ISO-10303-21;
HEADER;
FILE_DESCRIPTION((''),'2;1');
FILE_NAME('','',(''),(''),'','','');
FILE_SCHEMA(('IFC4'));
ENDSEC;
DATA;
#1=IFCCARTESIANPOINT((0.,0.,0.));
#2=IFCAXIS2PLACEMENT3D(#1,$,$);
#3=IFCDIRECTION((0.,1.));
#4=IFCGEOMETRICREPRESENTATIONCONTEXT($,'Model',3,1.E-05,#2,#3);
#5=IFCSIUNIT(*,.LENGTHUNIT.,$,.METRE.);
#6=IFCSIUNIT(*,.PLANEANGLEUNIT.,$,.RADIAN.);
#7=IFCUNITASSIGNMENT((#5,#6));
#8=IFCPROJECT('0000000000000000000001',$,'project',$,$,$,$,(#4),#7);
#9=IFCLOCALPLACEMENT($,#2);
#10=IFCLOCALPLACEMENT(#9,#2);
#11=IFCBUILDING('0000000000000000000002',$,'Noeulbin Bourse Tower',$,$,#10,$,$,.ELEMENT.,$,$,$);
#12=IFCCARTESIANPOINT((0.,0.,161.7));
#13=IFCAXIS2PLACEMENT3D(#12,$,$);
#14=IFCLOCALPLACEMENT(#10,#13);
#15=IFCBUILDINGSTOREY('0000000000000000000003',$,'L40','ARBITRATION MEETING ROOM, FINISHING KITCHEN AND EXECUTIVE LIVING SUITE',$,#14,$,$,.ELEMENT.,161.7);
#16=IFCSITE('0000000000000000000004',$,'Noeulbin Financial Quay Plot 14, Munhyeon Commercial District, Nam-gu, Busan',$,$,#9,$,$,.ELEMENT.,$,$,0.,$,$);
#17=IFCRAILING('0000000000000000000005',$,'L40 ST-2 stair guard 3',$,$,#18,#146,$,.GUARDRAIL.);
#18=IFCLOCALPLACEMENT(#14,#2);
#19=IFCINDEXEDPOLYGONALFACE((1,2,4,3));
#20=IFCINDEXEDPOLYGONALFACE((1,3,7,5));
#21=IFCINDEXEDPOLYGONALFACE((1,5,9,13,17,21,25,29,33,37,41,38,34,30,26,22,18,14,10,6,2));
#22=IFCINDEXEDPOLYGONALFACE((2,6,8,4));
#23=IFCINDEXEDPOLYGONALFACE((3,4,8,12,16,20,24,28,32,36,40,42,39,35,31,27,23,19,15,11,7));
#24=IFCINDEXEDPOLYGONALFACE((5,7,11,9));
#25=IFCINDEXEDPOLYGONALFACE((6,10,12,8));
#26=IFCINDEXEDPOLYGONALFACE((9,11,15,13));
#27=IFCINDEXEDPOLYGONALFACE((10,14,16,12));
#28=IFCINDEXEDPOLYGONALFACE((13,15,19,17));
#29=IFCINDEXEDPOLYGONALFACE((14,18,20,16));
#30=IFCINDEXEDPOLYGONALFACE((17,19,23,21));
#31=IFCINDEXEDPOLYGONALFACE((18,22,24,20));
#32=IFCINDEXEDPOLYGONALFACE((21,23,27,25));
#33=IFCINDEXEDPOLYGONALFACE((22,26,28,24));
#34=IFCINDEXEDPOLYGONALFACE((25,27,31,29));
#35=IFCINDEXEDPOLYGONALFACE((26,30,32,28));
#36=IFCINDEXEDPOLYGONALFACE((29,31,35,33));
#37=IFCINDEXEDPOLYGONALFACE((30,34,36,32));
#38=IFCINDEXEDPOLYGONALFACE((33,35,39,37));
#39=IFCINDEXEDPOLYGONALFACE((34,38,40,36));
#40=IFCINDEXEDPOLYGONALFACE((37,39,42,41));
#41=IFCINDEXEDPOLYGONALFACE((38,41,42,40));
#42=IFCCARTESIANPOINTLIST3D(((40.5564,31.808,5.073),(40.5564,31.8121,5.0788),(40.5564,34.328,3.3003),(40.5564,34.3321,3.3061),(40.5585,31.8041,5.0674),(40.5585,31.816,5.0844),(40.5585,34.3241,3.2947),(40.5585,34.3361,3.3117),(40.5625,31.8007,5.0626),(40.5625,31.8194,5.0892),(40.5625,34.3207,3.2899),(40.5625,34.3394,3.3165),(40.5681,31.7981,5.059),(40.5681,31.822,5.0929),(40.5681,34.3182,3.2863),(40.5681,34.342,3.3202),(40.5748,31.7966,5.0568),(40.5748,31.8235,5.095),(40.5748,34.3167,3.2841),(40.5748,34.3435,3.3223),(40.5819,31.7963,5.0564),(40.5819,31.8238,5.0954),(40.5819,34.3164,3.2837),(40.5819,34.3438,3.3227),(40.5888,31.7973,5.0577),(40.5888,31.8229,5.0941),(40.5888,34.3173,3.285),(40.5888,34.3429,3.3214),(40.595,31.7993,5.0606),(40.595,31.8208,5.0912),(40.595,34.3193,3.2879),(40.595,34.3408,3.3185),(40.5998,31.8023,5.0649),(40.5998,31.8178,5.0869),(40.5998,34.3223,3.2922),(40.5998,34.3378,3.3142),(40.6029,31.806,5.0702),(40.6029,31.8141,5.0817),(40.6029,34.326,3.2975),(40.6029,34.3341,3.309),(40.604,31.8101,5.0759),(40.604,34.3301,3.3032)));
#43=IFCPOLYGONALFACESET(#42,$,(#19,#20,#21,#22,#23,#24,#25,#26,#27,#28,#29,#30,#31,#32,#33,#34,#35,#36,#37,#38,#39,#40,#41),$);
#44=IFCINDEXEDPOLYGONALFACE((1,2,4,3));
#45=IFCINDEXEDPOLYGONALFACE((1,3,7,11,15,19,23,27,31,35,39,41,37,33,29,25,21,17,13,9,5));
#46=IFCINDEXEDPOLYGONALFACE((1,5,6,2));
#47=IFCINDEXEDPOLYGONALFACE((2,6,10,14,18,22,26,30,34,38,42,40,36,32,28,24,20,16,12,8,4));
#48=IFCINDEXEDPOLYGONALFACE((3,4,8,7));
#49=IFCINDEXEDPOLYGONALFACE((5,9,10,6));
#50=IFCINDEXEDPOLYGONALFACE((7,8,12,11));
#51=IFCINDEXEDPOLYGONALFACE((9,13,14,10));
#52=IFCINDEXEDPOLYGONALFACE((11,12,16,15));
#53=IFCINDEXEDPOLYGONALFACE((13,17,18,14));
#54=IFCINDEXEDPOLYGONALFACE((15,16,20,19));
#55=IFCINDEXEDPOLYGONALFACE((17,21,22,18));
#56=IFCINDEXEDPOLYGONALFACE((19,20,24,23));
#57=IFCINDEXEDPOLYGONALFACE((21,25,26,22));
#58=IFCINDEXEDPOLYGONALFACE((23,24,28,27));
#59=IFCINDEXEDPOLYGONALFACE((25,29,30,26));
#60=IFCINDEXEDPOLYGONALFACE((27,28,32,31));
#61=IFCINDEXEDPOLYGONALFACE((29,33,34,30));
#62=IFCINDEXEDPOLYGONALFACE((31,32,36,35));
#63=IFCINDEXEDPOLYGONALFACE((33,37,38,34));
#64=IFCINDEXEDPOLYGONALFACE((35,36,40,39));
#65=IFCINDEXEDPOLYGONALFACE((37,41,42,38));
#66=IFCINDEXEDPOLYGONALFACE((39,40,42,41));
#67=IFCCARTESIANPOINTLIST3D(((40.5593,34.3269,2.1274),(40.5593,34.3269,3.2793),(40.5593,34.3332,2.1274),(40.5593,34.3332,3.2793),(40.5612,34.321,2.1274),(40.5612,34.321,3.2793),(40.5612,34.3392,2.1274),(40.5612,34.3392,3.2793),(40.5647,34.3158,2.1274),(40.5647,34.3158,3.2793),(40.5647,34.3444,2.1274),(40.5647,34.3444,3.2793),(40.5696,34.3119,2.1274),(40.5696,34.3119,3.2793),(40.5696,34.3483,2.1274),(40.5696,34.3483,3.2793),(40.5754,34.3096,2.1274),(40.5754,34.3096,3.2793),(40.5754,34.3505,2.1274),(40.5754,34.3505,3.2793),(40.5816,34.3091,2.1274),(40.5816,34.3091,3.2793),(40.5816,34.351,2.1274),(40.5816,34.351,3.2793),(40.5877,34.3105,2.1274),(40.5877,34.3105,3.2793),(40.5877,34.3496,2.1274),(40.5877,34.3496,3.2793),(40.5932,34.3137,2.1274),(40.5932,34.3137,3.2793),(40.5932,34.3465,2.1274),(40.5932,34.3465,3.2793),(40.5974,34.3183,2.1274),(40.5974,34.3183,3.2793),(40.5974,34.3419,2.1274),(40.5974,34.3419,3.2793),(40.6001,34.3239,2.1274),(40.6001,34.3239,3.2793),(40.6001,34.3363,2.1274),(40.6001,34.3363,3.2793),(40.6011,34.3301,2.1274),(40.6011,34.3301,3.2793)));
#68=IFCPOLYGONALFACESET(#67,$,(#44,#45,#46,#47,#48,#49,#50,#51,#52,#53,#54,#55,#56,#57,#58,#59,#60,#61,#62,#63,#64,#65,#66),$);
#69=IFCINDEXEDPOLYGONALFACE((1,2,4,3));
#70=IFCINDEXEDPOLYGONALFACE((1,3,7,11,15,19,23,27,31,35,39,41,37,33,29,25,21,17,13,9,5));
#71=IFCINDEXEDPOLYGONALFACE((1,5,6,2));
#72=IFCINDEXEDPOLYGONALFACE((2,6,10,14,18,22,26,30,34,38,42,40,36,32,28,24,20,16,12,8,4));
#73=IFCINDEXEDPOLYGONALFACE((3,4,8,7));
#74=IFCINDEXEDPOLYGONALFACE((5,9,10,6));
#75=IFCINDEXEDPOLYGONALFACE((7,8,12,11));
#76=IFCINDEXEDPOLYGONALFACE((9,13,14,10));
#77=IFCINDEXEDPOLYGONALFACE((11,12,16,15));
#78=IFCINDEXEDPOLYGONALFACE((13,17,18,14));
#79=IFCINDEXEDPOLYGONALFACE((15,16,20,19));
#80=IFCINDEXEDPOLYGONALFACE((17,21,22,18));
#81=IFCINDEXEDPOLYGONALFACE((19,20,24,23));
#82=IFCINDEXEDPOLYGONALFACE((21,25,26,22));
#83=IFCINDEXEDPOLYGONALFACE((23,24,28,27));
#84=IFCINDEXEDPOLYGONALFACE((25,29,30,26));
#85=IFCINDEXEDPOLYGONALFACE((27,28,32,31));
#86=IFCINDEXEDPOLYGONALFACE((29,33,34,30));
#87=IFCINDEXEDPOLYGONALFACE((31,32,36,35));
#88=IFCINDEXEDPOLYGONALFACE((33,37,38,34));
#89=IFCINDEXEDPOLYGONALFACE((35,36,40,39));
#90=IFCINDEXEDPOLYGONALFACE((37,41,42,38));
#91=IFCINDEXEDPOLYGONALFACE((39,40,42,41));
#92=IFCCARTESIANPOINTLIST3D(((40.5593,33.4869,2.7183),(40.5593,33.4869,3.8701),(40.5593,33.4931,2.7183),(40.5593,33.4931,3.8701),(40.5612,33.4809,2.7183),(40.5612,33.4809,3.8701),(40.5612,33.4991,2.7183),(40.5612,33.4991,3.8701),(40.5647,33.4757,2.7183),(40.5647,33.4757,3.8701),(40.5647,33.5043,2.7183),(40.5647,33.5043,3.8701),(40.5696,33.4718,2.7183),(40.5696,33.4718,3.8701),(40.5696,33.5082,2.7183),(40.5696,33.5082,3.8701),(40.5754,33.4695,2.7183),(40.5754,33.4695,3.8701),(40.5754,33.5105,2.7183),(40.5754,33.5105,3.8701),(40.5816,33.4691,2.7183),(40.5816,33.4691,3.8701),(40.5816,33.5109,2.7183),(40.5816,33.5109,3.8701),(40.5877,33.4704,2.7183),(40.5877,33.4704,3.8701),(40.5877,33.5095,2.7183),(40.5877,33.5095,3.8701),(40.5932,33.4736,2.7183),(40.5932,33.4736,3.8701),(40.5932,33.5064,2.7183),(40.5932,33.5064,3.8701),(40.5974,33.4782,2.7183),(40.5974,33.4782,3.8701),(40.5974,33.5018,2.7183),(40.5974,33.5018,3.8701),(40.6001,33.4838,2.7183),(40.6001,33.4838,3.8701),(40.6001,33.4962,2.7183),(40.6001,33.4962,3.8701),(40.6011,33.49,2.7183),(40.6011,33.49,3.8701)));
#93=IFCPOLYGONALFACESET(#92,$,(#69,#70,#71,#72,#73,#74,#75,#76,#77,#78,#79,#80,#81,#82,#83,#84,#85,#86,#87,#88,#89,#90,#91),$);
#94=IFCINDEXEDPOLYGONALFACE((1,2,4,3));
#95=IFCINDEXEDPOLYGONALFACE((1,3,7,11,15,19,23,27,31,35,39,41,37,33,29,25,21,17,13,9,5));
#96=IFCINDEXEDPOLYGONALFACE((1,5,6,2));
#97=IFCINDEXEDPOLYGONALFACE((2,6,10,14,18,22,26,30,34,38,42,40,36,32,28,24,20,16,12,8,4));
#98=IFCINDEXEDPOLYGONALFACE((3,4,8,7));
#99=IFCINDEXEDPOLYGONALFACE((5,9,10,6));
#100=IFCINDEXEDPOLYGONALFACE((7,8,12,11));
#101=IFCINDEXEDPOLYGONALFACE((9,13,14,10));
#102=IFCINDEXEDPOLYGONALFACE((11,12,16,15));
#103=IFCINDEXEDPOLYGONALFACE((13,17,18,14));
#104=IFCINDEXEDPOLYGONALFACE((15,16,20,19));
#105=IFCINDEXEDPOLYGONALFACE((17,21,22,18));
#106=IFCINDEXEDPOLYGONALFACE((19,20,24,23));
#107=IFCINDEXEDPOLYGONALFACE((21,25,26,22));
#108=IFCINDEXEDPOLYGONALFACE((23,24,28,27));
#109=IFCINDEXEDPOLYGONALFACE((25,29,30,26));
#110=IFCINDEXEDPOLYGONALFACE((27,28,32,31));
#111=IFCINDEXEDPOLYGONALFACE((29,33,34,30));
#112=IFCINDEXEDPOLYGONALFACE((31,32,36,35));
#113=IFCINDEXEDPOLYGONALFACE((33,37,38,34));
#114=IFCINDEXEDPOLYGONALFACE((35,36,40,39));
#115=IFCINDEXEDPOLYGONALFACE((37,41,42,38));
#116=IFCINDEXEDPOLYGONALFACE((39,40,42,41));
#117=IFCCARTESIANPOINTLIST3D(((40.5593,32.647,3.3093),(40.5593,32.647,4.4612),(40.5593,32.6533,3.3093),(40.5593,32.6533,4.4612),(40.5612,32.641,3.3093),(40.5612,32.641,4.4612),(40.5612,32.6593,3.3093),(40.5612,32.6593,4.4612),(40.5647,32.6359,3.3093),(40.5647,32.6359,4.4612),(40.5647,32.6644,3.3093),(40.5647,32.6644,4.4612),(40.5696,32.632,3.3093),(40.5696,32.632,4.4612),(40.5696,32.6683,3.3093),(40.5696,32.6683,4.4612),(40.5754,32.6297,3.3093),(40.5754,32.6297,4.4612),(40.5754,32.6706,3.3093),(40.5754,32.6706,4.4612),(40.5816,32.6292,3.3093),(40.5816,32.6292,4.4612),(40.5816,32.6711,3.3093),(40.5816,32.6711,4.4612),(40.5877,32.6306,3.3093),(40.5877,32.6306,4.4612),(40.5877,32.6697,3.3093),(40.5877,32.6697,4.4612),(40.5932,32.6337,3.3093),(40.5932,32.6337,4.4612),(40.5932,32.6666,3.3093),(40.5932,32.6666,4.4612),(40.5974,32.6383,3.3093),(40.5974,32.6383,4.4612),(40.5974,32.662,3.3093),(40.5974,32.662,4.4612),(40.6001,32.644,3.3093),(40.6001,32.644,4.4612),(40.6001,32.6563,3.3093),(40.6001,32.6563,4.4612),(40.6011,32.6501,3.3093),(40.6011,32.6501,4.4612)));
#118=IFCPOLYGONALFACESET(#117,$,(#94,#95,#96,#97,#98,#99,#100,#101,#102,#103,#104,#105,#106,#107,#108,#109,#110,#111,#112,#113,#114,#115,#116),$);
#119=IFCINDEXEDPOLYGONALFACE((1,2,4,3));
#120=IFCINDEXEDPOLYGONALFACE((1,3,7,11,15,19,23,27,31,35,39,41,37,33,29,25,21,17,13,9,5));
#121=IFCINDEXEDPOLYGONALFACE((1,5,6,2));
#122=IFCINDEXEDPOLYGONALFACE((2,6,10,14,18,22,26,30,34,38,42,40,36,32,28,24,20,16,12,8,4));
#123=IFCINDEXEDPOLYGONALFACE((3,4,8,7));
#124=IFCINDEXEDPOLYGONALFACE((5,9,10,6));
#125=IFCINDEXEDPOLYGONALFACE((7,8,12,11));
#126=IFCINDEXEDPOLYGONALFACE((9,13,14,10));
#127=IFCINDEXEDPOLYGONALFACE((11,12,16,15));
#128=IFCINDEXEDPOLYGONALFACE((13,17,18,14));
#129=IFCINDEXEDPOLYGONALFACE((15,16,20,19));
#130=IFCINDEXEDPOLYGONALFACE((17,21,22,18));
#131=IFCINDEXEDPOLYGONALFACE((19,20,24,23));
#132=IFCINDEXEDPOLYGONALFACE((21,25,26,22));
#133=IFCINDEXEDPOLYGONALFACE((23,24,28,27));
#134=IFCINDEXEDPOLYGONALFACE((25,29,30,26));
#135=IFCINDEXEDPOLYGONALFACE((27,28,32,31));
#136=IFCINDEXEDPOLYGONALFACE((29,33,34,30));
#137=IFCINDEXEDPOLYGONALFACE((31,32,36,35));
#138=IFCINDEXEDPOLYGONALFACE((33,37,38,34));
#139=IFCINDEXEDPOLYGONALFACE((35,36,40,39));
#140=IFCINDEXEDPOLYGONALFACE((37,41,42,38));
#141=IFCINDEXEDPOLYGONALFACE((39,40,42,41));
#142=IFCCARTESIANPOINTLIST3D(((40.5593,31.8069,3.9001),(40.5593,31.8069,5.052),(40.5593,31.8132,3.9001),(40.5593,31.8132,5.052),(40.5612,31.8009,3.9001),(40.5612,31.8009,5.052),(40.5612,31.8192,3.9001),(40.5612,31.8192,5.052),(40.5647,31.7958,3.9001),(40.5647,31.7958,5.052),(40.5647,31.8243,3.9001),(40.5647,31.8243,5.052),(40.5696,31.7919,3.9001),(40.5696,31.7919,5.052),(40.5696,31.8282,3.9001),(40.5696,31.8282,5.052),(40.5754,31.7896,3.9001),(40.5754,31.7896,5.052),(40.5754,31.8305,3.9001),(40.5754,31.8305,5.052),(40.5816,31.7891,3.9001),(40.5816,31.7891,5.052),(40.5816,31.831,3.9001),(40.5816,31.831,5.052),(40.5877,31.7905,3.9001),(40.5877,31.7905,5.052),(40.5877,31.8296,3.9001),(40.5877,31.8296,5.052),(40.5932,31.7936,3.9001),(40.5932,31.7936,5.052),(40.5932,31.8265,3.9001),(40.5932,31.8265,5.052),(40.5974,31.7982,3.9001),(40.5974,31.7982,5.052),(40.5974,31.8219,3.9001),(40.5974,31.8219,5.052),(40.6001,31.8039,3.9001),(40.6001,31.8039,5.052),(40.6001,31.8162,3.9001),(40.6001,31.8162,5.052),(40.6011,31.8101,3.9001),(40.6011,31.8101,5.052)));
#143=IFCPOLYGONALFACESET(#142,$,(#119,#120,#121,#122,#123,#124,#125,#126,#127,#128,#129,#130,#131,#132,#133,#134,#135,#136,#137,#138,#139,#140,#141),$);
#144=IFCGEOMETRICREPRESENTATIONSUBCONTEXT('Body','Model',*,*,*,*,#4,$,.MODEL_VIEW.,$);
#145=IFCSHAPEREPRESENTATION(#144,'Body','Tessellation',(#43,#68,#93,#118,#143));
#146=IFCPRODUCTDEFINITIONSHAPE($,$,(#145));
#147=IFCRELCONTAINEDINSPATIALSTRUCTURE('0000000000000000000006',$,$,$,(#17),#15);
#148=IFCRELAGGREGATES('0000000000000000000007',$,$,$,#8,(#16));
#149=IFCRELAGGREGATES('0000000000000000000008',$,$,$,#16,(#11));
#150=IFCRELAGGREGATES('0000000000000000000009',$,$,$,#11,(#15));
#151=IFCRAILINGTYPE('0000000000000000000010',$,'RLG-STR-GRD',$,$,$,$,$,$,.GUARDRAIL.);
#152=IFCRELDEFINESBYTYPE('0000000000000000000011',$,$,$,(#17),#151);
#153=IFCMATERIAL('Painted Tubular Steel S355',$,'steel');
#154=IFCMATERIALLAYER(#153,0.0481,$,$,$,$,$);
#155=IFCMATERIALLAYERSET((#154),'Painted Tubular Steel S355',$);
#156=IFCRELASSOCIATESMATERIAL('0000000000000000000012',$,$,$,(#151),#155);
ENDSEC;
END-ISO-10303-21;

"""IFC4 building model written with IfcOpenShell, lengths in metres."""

from ifc_helpers import new_model, si_unit, direction, frame, origin, origin_2d, place, context, subcontext, project, spatial, circle, extrude, material, layer, layer_set, type_object, element, save


model = new_model("IFC4")

# Units and contexts
model_context = context("Model", 3, precision=1e-05, world=origin(), true_north=direction((0.0, 1.0)))
body_context = subcontext(model_context, "Body", "Model", "MODEL_VIEW")
ifc_project = project(units=[si_unit("LENGTHUNIT", "METRE"), si_unit("PLANEANGLEUNIT", "RADIAN")], contexts=[model_context])

# Site, building, storey
site_placement = place(None, origin())
site = spatial("IfcSite", under=ifc_project, at=site_placement, Name="Noeulbin Financial Quay Plot 14, Munhyeon Commercial District, Nam-gu, Busan", CompositionType="ELEMENT", RefElevation=0.0)
building_placement = place(site_placement, origin())
building = spatial("IfcBuilding", under=site, at=building_placement, Name="Noeulbin Bourse Tower", CompositionType="ELEMENT")
storey_placement = place(building_placement, frame((0.0, 0.0, 161.7)))
storey = spatial("IfcBuildingStorey", under=building, at=storey_placement, Name="L40", Description="ARBITRATION MEETING ROOM, FINISHING KITCHEN AND EXECUTIVE LIVING SUITE", CompositionType="ELEMENT", Elevation=161.7)

# Railing
ifc_material_1 = material(Name="Painted Tubular Steel S355", Category="steel")
ifc_layer_1 = layer(ifc_material_1, 0.0481)
ifc_layer_set_1 = layer_set([ifc_layer_1], Name="Painted Tubular Steel S355")
railing_type_1 = type_object("IfcRailingType", Name="RLG-STR-GRD", PredefinedType="GUARDRAIL", material=ifc_layer_set_1)
railing_1_placement = place(storey_placement, frame((40.5801, 34.3301, 2.1274)))
element("IfcRailing", 1, at=railing_1_placement, inside=storey, type_object=railing_type_1, Name="L40 ST-2 stair guard 3", PredefinedType="GUARDRAIL", context=body_context, shape_type="SweptSolid", body=[
    extrude(circle(Radius=0.0239, at=origin_2d()), frame((0.0, 0.0, 1.1758), z_axis=(0.0, -0.817904, 0.575354), x_axis=(1.0, 0.0, 0.0)), (0.0, 0.0, 1.0), 3.0811),
    extrude(circle(Radius=0.021, at=origin_2d()), origin(), (0.0, 0.0, 1.0), 1.1519),
    extrude(circle(Radius=0.021, at=origin_2d()), frame((0.0, -0.8401, 0.5908)), (0.0, 0.0, 1.0), 1.1519),
    extrude(circle(Radius=0.021, at=origin_2d()), frame((0.0, -1.6799, 1.1819)), (0.0, 0.0, 1.0), 1.1519),
    extrude(circle(Radius=0.021, at=origin_2d()), frame((0.0, -2.52, 1.7727)), (0.0, 0.0, 1.0), 1.1519),
])

save(model, "model.ifc")
